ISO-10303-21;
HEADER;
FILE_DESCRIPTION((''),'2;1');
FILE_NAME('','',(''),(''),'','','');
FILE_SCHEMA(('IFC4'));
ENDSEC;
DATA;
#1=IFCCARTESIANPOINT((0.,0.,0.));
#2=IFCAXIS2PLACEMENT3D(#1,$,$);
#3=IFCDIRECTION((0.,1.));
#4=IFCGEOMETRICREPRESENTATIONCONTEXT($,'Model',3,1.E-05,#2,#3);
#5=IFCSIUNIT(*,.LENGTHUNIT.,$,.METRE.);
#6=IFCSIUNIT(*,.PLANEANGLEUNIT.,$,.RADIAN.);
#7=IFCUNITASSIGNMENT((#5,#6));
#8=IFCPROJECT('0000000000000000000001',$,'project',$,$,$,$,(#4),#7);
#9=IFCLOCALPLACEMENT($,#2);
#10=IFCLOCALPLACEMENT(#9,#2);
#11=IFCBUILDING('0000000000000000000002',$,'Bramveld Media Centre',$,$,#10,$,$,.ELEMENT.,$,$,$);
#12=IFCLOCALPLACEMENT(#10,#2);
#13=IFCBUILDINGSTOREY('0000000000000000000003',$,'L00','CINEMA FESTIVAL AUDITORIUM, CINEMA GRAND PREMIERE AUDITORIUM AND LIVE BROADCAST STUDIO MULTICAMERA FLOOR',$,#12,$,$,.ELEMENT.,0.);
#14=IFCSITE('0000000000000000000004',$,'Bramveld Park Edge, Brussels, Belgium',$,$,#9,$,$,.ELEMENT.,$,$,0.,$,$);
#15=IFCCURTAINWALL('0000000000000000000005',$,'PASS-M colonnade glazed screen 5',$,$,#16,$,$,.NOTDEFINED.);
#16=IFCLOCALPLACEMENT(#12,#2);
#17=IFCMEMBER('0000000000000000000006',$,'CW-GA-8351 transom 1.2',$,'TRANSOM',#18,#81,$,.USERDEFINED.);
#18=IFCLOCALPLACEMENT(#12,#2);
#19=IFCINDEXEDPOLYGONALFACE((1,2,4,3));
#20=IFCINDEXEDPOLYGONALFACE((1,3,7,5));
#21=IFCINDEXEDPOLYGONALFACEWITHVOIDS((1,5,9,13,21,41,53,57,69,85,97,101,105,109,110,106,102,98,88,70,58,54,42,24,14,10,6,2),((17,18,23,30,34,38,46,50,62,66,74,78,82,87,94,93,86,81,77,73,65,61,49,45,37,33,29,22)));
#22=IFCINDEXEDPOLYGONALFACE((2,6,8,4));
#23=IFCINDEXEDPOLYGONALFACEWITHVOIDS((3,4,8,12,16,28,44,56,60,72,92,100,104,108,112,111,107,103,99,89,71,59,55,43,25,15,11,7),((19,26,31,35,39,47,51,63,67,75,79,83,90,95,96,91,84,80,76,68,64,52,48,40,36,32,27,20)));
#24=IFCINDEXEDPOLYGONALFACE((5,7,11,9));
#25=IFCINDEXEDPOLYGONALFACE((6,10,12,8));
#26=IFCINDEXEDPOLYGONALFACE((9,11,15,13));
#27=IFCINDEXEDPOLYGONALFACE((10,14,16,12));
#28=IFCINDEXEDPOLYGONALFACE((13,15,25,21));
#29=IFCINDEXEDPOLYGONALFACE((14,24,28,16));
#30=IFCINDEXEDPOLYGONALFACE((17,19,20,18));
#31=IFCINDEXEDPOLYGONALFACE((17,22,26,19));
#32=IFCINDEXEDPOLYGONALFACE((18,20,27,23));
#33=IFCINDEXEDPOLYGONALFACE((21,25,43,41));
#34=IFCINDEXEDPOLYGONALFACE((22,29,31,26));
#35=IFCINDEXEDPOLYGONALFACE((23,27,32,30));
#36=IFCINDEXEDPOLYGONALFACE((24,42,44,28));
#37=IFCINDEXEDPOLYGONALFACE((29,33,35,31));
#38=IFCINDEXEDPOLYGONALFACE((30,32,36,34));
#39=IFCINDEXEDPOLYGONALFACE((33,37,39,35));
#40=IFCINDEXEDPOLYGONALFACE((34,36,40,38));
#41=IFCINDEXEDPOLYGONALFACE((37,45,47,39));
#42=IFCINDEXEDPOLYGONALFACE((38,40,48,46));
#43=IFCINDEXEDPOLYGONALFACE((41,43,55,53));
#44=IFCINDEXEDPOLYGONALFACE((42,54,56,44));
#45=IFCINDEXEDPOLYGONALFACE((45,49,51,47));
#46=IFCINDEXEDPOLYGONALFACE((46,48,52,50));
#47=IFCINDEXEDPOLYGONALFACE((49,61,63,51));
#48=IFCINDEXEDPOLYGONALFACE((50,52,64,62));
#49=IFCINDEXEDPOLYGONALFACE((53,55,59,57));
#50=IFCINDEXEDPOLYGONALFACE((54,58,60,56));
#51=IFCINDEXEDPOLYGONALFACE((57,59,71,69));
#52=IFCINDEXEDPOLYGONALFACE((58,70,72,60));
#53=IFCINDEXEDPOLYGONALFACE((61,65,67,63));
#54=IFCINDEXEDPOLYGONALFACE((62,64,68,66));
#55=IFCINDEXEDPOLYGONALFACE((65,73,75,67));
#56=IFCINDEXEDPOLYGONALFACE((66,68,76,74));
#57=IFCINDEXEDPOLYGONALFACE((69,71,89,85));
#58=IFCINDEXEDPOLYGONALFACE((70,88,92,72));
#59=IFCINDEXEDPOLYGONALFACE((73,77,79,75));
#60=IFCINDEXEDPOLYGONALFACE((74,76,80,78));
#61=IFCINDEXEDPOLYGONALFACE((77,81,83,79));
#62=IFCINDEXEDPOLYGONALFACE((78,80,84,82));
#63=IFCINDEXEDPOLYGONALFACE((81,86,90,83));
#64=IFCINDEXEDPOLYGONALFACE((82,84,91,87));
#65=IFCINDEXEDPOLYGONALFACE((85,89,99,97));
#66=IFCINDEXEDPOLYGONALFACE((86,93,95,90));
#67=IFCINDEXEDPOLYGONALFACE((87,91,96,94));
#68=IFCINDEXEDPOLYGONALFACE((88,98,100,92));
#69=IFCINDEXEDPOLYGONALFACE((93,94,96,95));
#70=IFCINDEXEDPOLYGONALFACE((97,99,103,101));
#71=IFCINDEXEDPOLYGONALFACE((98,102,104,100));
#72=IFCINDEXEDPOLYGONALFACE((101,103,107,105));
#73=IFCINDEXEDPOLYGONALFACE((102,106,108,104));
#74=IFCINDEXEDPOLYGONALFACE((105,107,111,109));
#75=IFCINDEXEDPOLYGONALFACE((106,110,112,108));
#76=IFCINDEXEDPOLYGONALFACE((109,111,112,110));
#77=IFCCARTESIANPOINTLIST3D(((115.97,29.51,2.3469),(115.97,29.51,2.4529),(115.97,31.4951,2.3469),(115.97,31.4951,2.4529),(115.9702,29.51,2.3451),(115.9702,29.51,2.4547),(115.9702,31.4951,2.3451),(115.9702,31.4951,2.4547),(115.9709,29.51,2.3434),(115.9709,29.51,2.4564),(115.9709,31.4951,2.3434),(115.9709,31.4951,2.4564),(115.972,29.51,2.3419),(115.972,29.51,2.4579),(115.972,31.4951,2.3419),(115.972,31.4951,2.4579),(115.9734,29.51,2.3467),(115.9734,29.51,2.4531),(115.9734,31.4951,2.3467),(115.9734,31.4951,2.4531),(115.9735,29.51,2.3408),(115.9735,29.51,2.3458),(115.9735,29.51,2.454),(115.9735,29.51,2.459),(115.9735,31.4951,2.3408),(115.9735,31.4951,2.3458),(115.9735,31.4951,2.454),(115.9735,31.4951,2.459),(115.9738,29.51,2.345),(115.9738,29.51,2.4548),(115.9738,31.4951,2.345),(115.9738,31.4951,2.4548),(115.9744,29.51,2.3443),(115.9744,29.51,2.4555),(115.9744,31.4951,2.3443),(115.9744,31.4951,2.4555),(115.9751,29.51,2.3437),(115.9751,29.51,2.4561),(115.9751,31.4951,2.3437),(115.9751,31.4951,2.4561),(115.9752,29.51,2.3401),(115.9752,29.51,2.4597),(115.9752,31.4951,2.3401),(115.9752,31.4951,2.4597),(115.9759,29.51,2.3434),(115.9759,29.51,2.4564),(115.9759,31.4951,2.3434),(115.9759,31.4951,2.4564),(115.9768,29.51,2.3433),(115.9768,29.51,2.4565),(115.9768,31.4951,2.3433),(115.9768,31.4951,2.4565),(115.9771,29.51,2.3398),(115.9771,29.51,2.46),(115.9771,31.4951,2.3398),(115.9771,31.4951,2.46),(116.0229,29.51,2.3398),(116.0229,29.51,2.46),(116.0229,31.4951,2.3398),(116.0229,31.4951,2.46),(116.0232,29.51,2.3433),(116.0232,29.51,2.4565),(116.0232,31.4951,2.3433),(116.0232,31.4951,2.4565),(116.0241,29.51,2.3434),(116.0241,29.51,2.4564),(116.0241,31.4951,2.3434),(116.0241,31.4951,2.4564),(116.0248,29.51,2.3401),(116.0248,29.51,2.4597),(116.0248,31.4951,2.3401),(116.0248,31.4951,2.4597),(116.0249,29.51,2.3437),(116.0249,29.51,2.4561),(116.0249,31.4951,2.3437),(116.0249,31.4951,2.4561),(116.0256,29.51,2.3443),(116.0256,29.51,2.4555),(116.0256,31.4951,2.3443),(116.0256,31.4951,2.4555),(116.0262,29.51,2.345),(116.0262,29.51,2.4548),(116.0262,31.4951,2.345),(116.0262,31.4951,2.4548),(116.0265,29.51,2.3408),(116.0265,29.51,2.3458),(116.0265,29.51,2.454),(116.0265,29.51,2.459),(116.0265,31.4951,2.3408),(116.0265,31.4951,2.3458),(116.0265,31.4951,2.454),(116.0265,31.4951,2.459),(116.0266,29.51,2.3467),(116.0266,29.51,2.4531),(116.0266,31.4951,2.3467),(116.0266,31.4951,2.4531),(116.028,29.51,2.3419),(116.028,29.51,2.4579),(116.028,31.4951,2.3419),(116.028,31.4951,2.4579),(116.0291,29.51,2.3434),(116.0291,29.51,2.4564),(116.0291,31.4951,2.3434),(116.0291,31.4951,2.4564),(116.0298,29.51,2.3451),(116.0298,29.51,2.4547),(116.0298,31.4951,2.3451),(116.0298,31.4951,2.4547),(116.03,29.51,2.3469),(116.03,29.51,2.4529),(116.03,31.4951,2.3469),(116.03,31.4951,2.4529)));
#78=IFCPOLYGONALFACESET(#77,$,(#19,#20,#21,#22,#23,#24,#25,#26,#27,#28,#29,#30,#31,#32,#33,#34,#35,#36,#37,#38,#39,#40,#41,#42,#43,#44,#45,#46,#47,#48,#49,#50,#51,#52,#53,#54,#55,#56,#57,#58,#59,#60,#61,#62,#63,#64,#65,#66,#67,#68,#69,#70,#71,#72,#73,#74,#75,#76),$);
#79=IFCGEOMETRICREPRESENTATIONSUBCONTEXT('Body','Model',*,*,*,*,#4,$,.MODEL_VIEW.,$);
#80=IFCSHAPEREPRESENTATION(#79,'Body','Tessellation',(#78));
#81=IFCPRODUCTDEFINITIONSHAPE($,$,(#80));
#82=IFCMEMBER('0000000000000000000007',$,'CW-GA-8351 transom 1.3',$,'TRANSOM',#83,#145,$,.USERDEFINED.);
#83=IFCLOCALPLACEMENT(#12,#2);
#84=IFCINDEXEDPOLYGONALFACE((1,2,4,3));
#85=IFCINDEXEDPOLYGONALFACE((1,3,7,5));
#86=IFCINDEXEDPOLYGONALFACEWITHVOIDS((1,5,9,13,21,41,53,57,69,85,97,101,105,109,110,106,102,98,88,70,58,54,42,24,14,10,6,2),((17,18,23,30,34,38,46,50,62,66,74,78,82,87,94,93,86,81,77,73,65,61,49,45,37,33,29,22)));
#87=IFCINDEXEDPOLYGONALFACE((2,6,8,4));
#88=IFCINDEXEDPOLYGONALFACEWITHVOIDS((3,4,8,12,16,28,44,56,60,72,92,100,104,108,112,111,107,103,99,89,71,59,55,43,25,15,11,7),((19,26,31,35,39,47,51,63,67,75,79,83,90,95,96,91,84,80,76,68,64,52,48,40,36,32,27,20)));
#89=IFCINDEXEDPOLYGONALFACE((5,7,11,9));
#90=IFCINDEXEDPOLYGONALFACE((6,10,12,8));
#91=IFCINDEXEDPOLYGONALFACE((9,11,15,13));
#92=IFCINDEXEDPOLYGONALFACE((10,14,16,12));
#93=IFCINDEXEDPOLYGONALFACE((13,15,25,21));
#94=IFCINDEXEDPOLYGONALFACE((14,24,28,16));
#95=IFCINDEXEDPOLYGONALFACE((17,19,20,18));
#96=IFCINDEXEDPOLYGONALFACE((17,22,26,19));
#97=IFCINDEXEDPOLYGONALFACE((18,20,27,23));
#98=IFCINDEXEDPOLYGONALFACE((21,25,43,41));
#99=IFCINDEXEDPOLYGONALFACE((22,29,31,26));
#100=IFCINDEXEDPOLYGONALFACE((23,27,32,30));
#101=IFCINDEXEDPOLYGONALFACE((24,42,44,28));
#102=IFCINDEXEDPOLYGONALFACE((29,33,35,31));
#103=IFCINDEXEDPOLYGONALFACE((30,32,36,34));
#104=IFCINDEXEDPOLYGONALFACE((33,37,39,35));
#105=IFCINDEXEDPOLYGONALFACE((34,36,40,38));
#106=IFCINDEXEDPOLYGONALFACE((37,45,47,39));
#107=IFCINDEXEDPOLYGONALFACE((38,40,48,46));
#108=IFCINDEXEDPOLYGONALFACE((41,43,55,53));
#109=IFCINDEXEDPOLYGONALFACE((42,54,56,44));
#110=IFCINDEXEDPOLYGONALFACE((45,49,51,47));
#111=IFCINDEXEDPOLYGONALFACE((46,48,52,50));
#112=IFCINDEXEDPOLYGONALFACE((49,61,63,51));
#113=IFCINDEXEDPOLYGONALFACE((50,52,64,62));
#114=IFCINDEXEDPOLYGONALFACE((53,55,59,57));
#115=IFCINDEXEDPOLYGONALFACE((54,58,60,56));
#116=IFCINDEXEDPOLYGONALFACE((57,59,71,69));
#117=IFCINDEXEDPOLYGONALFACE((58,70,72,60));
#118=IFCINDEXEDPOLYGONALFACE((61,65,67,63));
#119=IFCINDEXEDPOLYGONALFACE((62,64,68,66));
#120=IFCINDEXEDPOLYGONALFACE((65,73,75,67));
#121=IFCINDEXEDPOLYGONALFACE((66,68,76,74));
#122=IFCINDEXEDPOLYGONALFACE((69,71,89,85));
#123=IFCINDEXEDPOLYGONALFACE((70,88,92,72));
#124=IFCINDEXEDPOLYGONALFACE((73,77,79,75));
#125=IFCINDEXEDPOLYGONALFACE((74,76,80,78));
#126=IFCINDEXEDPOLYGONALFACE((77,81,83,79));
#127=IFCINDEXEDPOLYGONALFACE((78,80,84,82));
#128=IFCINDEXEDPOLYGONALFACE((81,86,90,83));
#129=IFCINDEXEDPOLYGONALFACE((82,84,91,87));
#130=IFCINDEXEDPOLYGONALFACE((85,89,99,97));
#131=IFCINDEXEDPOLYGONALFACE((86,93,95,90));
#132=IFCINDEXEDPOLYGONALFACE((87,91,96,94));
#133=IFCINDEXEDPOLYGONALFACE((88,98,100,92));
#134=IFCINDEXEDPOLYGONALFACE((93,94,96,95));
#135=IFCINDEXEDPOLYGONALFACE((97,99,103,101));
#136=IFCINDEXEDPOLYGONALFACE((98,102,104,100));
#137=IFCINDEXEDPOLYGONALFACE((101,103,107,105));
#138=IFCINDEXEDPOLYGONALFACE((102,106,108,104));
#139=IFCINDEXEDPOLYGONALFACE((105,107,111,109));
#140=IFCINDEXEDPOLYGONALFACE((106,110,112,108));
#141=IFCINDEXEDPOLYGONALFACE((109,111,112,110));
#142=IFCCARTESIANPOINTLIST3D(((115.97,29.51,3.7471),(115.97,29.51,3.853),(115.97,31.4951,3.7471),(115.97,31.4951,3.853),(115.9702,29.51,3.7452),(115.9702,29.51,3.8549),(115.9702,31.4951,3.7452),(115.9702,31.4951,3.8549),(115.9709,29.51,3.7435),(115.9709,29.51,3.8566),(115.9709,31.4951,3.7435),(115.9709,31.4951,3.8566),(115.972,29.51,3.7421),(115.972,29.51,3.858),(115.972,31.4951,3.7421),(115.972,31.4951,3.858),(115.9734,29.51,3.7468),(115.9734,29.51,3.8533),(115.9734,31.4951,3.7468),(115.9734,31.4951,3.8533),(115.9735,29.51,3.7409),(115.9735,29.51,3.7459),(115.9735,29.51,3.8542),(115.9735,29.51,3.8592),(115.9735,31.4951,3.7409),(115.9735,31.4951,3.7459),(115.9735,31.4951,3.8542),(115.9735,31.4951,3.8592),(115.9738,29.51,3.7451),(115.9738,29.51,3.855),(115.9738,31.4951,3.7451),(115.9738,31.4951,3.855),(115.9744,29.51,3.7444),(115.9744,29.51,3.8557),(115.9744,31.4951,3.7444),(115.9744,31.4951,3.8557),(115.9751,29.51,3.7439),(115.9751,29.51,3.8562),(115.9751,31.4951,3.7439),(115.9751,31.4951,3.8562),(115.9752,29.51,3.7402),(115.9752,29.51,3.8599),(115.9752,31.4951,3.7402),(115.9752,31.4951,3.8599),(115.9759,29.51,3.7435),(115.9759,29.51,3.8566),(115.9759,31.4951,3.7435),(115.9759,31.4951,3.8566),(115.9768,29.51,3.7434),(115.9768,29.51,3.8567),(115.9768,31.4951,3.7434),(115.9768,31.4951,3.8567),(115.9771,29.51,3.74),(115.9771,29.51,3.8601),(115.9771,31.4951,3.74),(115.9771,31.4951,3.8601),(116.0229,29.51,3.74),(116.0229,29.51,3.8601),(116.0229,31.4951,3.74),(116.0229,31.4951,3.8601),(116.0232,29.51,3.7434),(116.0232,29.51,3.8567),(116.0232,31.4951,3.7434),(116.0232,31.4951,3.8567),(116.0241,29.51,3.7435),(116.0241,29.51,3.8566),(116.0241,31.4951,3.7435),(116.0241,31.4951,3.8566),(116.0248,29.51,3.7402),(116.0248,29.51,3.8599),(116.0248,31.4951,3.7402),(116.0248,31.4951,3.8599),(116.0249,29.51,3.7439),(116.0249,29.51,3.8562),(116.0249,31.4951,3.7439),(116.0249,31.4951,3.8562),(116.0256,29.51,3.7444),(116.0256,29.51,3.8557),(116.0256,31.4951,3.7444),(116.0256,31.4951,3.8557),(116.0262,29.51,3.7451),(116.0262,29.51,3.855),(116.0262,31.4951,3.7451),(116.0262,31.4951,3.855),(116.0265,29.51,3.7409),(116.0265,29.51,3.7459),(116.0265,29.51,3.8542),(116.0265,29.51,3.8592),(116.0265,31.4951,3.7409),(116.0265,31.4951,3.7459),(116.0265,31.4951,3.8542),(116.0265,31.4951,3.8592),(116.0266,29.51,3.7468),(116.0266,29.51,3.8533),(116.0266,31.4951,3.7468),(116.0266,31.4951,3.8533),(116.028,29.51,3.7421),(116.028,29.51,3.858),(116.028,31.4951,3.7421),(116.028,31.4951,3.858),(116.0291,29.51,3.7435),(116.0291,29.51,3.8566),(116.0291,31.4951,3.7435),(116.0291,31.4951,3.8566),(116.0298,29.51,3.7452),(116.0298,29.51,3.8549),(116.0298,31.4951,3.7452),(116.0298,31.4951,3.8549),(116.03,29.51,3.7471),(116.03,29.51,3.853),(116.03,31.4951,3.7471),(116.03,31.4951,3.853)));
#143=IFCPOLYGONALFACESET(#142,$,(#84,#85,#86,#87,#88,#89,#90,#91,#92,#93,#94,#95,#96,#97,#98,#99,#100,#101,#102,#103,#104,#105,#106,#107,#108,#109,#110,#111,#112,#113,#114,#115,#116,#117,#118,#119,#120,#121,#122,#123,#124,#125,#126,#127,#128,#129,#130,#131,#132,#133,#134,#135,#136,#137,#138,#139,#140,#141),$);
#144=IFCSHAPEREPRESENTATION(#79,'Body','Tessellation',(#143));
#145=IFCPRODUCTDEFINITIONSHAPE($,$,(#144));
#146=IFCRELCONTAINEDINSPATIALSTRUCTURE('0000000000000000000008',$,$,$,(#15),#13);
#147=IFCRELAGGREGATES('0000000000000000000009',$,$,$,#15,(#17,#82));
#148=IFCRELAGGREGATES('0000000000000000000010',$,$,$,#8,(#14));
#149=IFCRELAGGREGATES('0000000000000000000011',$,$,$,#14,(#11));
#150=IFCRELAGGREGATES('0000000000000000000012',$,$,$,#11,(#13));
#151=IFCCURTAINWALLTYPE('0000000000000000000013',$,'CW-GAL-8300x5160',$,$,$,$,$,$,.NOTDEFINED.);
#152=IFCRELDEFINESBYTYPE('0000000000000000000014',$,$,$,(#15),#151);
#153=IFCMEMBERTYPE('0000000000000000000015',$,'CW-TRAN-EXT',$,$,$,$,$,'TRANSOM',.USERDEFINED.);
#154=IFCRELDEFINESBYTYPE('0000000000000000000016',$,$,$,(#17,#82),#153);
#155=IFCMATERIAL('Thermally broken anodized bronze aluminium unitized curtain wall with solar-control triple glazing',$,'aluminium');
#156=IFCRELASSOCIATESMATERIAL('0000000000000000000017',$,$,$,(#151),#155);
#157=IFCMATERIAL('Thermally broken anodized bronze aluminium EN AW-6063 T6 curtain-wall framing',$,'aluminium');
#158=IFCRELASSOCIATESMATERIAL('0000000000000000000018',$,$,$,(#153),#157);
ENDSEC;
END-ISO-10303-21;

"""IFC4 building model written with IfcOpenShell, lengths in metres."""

from ifc_helpers import new_model, si_unit, direction, frame, origin, origin_2d, place, context, subcontext, project, spatial, hollow_rectangle, extrude, material, material_profile, profile_set, type_object, element, aggregate, save


model = new_model("IFC4")

# Units and contexts
model_context = context("Model", 3, precision=1e-05, world=origin(), true_north=direction((0.0, 1.0)))
body_context = subcontext(model_context, "Body", "Model", "MODEL_VIEW")
ifc_project = project(units=[si_unit("LENGTHUNIT", "METRE"), si_unit("PLANEANGLEUNIT", "RADIAN")], contexts=[model_context])

# Site, building, storey
site_placement = place(None, origin())
site = spatial("IfcSite", under=ifc_project, at=site_placement, Name="Bramveld Park Edge, Brussels, Belgium", CompositionType="ELEMENT", RefElevation=0.0)
building_placement = place(site_placement, origin())
building = spatial("IfcBuilding", under=site, at=building_placement, Name="Bramveld Media Centre", CompositionType="ELEMENT")
storey_placement = place(building_placement, origin())
storey = spatial("IfcBuildingStorey", under=building, at=storey_placement, Name="L00", Description="CINEMA FESTIVAL AUDITORIUM, CINEMA GRAND PREMIERE AUDITORIUM AND LIVE BROADCAST STUDIO MULTICAMERA FLOOR", CompositionType="ELEMENT", Elevation=0.0)

# Curtain wall, members
ifc_material_1 = material(Name="Thermally broken anodized bronze aluminium unitized curtain wall with solar-control triple glazing", Category="aluminium")
curtain_wall_type_1 = type_object("IfcCurtainWallType", Name="CW-GAL-8300x5160", PredefinedType="NOTDEFINED", material=ifc_material_1)
curtain_wall_1_placement = place(storey_placement, origin())
curtain_wall_1 = element("IfcCurtainWall", 1, at=curtain_wall_1_placement, inside=storey, type_object=curtain_wall_type_1, Name="PASS-M colonnade glazed screen 5", PredefinedType="NOTDEFINED")
ifc_material_2 = material(Name="Thermally broken anodized bronze aluminium EN AW-6063 T6 curtain-wall framing", Category="aluminium")
ifc_material_profile_1 = material_profile(ifc_material_2, hollow_rectangle(XDim=0.0601, YDim=0.1201, WallThickness=0.0034, InnerFilletRadius=0.0034, OuterFilletRadius=0.0071, at=origin_2d()), Name="AL-TRAN 60x120")
ifc_profile_set_1 = profile_set([ifc_material_profile_1], Name="Thermally broken anodized bronze aluminium EN AW-6063 T6 curtain-wall framing")
member_type_1 = type_object("IfcMemberType", Name="CW-TRAN-EXT", ElementType="TRANSOM", PredefinedType="USERDEFINED", material=ifc_profile_set_1)
member_1_placement = place(storey_placement, frame((116.0, 29.51, 2.3999), z_axis=(0.0, 1.0, 0.0), x_axis=(-1.0, 0.0, 0.0)))
member_1 = element("IfcMember", 2, at=member_1_placement, type_object=member_type_1, Name="CW-GA-8351 transom 1.2", ObjectType="TRANSOM", PredefinedType="USERDEFINED", context=body_context, shape_type="SweptSolid", body=[
    extrude(hollow_rectangle(XDim=0.0601, YDim=0.1201, WallThickness=0.0034, InnerFilletRadius=0.0034, OuterFilletRadius=0.0071, at=origin_2d()), origin(), (0.0, 0.0, 1.0), 1.9851),
])
member_2_placement = place(storey_placement, frame((116.0, 29.51, 3.8), z_axis=(0.0, 1.0, 0.0), x_axis=(-1.0, 0.0, 0.0)))
member_2 = element("IfcMember", 3, at=member_2_placement, type_object=member_type_1, Name="CW-GA-8351 transom 1.3", ObjectType="TRANSOM", PredefinedType="USERDEFINED", context=body_context, shape_type="SweptSolid", body=[
    extrude(hollow_rectangle(XDim=0.0601, YDim=0.1201, WallThickness=0.0034, InnerFilletRadius=0.0034, OuterFilletRadius=0.0071, at=origin_2d()), origin(), (0.0, 0.0, 1.0), 1.9851),
])
aggregate(curtain_wall_1, [member_1, member_2])

save(model, "model.ifc")
